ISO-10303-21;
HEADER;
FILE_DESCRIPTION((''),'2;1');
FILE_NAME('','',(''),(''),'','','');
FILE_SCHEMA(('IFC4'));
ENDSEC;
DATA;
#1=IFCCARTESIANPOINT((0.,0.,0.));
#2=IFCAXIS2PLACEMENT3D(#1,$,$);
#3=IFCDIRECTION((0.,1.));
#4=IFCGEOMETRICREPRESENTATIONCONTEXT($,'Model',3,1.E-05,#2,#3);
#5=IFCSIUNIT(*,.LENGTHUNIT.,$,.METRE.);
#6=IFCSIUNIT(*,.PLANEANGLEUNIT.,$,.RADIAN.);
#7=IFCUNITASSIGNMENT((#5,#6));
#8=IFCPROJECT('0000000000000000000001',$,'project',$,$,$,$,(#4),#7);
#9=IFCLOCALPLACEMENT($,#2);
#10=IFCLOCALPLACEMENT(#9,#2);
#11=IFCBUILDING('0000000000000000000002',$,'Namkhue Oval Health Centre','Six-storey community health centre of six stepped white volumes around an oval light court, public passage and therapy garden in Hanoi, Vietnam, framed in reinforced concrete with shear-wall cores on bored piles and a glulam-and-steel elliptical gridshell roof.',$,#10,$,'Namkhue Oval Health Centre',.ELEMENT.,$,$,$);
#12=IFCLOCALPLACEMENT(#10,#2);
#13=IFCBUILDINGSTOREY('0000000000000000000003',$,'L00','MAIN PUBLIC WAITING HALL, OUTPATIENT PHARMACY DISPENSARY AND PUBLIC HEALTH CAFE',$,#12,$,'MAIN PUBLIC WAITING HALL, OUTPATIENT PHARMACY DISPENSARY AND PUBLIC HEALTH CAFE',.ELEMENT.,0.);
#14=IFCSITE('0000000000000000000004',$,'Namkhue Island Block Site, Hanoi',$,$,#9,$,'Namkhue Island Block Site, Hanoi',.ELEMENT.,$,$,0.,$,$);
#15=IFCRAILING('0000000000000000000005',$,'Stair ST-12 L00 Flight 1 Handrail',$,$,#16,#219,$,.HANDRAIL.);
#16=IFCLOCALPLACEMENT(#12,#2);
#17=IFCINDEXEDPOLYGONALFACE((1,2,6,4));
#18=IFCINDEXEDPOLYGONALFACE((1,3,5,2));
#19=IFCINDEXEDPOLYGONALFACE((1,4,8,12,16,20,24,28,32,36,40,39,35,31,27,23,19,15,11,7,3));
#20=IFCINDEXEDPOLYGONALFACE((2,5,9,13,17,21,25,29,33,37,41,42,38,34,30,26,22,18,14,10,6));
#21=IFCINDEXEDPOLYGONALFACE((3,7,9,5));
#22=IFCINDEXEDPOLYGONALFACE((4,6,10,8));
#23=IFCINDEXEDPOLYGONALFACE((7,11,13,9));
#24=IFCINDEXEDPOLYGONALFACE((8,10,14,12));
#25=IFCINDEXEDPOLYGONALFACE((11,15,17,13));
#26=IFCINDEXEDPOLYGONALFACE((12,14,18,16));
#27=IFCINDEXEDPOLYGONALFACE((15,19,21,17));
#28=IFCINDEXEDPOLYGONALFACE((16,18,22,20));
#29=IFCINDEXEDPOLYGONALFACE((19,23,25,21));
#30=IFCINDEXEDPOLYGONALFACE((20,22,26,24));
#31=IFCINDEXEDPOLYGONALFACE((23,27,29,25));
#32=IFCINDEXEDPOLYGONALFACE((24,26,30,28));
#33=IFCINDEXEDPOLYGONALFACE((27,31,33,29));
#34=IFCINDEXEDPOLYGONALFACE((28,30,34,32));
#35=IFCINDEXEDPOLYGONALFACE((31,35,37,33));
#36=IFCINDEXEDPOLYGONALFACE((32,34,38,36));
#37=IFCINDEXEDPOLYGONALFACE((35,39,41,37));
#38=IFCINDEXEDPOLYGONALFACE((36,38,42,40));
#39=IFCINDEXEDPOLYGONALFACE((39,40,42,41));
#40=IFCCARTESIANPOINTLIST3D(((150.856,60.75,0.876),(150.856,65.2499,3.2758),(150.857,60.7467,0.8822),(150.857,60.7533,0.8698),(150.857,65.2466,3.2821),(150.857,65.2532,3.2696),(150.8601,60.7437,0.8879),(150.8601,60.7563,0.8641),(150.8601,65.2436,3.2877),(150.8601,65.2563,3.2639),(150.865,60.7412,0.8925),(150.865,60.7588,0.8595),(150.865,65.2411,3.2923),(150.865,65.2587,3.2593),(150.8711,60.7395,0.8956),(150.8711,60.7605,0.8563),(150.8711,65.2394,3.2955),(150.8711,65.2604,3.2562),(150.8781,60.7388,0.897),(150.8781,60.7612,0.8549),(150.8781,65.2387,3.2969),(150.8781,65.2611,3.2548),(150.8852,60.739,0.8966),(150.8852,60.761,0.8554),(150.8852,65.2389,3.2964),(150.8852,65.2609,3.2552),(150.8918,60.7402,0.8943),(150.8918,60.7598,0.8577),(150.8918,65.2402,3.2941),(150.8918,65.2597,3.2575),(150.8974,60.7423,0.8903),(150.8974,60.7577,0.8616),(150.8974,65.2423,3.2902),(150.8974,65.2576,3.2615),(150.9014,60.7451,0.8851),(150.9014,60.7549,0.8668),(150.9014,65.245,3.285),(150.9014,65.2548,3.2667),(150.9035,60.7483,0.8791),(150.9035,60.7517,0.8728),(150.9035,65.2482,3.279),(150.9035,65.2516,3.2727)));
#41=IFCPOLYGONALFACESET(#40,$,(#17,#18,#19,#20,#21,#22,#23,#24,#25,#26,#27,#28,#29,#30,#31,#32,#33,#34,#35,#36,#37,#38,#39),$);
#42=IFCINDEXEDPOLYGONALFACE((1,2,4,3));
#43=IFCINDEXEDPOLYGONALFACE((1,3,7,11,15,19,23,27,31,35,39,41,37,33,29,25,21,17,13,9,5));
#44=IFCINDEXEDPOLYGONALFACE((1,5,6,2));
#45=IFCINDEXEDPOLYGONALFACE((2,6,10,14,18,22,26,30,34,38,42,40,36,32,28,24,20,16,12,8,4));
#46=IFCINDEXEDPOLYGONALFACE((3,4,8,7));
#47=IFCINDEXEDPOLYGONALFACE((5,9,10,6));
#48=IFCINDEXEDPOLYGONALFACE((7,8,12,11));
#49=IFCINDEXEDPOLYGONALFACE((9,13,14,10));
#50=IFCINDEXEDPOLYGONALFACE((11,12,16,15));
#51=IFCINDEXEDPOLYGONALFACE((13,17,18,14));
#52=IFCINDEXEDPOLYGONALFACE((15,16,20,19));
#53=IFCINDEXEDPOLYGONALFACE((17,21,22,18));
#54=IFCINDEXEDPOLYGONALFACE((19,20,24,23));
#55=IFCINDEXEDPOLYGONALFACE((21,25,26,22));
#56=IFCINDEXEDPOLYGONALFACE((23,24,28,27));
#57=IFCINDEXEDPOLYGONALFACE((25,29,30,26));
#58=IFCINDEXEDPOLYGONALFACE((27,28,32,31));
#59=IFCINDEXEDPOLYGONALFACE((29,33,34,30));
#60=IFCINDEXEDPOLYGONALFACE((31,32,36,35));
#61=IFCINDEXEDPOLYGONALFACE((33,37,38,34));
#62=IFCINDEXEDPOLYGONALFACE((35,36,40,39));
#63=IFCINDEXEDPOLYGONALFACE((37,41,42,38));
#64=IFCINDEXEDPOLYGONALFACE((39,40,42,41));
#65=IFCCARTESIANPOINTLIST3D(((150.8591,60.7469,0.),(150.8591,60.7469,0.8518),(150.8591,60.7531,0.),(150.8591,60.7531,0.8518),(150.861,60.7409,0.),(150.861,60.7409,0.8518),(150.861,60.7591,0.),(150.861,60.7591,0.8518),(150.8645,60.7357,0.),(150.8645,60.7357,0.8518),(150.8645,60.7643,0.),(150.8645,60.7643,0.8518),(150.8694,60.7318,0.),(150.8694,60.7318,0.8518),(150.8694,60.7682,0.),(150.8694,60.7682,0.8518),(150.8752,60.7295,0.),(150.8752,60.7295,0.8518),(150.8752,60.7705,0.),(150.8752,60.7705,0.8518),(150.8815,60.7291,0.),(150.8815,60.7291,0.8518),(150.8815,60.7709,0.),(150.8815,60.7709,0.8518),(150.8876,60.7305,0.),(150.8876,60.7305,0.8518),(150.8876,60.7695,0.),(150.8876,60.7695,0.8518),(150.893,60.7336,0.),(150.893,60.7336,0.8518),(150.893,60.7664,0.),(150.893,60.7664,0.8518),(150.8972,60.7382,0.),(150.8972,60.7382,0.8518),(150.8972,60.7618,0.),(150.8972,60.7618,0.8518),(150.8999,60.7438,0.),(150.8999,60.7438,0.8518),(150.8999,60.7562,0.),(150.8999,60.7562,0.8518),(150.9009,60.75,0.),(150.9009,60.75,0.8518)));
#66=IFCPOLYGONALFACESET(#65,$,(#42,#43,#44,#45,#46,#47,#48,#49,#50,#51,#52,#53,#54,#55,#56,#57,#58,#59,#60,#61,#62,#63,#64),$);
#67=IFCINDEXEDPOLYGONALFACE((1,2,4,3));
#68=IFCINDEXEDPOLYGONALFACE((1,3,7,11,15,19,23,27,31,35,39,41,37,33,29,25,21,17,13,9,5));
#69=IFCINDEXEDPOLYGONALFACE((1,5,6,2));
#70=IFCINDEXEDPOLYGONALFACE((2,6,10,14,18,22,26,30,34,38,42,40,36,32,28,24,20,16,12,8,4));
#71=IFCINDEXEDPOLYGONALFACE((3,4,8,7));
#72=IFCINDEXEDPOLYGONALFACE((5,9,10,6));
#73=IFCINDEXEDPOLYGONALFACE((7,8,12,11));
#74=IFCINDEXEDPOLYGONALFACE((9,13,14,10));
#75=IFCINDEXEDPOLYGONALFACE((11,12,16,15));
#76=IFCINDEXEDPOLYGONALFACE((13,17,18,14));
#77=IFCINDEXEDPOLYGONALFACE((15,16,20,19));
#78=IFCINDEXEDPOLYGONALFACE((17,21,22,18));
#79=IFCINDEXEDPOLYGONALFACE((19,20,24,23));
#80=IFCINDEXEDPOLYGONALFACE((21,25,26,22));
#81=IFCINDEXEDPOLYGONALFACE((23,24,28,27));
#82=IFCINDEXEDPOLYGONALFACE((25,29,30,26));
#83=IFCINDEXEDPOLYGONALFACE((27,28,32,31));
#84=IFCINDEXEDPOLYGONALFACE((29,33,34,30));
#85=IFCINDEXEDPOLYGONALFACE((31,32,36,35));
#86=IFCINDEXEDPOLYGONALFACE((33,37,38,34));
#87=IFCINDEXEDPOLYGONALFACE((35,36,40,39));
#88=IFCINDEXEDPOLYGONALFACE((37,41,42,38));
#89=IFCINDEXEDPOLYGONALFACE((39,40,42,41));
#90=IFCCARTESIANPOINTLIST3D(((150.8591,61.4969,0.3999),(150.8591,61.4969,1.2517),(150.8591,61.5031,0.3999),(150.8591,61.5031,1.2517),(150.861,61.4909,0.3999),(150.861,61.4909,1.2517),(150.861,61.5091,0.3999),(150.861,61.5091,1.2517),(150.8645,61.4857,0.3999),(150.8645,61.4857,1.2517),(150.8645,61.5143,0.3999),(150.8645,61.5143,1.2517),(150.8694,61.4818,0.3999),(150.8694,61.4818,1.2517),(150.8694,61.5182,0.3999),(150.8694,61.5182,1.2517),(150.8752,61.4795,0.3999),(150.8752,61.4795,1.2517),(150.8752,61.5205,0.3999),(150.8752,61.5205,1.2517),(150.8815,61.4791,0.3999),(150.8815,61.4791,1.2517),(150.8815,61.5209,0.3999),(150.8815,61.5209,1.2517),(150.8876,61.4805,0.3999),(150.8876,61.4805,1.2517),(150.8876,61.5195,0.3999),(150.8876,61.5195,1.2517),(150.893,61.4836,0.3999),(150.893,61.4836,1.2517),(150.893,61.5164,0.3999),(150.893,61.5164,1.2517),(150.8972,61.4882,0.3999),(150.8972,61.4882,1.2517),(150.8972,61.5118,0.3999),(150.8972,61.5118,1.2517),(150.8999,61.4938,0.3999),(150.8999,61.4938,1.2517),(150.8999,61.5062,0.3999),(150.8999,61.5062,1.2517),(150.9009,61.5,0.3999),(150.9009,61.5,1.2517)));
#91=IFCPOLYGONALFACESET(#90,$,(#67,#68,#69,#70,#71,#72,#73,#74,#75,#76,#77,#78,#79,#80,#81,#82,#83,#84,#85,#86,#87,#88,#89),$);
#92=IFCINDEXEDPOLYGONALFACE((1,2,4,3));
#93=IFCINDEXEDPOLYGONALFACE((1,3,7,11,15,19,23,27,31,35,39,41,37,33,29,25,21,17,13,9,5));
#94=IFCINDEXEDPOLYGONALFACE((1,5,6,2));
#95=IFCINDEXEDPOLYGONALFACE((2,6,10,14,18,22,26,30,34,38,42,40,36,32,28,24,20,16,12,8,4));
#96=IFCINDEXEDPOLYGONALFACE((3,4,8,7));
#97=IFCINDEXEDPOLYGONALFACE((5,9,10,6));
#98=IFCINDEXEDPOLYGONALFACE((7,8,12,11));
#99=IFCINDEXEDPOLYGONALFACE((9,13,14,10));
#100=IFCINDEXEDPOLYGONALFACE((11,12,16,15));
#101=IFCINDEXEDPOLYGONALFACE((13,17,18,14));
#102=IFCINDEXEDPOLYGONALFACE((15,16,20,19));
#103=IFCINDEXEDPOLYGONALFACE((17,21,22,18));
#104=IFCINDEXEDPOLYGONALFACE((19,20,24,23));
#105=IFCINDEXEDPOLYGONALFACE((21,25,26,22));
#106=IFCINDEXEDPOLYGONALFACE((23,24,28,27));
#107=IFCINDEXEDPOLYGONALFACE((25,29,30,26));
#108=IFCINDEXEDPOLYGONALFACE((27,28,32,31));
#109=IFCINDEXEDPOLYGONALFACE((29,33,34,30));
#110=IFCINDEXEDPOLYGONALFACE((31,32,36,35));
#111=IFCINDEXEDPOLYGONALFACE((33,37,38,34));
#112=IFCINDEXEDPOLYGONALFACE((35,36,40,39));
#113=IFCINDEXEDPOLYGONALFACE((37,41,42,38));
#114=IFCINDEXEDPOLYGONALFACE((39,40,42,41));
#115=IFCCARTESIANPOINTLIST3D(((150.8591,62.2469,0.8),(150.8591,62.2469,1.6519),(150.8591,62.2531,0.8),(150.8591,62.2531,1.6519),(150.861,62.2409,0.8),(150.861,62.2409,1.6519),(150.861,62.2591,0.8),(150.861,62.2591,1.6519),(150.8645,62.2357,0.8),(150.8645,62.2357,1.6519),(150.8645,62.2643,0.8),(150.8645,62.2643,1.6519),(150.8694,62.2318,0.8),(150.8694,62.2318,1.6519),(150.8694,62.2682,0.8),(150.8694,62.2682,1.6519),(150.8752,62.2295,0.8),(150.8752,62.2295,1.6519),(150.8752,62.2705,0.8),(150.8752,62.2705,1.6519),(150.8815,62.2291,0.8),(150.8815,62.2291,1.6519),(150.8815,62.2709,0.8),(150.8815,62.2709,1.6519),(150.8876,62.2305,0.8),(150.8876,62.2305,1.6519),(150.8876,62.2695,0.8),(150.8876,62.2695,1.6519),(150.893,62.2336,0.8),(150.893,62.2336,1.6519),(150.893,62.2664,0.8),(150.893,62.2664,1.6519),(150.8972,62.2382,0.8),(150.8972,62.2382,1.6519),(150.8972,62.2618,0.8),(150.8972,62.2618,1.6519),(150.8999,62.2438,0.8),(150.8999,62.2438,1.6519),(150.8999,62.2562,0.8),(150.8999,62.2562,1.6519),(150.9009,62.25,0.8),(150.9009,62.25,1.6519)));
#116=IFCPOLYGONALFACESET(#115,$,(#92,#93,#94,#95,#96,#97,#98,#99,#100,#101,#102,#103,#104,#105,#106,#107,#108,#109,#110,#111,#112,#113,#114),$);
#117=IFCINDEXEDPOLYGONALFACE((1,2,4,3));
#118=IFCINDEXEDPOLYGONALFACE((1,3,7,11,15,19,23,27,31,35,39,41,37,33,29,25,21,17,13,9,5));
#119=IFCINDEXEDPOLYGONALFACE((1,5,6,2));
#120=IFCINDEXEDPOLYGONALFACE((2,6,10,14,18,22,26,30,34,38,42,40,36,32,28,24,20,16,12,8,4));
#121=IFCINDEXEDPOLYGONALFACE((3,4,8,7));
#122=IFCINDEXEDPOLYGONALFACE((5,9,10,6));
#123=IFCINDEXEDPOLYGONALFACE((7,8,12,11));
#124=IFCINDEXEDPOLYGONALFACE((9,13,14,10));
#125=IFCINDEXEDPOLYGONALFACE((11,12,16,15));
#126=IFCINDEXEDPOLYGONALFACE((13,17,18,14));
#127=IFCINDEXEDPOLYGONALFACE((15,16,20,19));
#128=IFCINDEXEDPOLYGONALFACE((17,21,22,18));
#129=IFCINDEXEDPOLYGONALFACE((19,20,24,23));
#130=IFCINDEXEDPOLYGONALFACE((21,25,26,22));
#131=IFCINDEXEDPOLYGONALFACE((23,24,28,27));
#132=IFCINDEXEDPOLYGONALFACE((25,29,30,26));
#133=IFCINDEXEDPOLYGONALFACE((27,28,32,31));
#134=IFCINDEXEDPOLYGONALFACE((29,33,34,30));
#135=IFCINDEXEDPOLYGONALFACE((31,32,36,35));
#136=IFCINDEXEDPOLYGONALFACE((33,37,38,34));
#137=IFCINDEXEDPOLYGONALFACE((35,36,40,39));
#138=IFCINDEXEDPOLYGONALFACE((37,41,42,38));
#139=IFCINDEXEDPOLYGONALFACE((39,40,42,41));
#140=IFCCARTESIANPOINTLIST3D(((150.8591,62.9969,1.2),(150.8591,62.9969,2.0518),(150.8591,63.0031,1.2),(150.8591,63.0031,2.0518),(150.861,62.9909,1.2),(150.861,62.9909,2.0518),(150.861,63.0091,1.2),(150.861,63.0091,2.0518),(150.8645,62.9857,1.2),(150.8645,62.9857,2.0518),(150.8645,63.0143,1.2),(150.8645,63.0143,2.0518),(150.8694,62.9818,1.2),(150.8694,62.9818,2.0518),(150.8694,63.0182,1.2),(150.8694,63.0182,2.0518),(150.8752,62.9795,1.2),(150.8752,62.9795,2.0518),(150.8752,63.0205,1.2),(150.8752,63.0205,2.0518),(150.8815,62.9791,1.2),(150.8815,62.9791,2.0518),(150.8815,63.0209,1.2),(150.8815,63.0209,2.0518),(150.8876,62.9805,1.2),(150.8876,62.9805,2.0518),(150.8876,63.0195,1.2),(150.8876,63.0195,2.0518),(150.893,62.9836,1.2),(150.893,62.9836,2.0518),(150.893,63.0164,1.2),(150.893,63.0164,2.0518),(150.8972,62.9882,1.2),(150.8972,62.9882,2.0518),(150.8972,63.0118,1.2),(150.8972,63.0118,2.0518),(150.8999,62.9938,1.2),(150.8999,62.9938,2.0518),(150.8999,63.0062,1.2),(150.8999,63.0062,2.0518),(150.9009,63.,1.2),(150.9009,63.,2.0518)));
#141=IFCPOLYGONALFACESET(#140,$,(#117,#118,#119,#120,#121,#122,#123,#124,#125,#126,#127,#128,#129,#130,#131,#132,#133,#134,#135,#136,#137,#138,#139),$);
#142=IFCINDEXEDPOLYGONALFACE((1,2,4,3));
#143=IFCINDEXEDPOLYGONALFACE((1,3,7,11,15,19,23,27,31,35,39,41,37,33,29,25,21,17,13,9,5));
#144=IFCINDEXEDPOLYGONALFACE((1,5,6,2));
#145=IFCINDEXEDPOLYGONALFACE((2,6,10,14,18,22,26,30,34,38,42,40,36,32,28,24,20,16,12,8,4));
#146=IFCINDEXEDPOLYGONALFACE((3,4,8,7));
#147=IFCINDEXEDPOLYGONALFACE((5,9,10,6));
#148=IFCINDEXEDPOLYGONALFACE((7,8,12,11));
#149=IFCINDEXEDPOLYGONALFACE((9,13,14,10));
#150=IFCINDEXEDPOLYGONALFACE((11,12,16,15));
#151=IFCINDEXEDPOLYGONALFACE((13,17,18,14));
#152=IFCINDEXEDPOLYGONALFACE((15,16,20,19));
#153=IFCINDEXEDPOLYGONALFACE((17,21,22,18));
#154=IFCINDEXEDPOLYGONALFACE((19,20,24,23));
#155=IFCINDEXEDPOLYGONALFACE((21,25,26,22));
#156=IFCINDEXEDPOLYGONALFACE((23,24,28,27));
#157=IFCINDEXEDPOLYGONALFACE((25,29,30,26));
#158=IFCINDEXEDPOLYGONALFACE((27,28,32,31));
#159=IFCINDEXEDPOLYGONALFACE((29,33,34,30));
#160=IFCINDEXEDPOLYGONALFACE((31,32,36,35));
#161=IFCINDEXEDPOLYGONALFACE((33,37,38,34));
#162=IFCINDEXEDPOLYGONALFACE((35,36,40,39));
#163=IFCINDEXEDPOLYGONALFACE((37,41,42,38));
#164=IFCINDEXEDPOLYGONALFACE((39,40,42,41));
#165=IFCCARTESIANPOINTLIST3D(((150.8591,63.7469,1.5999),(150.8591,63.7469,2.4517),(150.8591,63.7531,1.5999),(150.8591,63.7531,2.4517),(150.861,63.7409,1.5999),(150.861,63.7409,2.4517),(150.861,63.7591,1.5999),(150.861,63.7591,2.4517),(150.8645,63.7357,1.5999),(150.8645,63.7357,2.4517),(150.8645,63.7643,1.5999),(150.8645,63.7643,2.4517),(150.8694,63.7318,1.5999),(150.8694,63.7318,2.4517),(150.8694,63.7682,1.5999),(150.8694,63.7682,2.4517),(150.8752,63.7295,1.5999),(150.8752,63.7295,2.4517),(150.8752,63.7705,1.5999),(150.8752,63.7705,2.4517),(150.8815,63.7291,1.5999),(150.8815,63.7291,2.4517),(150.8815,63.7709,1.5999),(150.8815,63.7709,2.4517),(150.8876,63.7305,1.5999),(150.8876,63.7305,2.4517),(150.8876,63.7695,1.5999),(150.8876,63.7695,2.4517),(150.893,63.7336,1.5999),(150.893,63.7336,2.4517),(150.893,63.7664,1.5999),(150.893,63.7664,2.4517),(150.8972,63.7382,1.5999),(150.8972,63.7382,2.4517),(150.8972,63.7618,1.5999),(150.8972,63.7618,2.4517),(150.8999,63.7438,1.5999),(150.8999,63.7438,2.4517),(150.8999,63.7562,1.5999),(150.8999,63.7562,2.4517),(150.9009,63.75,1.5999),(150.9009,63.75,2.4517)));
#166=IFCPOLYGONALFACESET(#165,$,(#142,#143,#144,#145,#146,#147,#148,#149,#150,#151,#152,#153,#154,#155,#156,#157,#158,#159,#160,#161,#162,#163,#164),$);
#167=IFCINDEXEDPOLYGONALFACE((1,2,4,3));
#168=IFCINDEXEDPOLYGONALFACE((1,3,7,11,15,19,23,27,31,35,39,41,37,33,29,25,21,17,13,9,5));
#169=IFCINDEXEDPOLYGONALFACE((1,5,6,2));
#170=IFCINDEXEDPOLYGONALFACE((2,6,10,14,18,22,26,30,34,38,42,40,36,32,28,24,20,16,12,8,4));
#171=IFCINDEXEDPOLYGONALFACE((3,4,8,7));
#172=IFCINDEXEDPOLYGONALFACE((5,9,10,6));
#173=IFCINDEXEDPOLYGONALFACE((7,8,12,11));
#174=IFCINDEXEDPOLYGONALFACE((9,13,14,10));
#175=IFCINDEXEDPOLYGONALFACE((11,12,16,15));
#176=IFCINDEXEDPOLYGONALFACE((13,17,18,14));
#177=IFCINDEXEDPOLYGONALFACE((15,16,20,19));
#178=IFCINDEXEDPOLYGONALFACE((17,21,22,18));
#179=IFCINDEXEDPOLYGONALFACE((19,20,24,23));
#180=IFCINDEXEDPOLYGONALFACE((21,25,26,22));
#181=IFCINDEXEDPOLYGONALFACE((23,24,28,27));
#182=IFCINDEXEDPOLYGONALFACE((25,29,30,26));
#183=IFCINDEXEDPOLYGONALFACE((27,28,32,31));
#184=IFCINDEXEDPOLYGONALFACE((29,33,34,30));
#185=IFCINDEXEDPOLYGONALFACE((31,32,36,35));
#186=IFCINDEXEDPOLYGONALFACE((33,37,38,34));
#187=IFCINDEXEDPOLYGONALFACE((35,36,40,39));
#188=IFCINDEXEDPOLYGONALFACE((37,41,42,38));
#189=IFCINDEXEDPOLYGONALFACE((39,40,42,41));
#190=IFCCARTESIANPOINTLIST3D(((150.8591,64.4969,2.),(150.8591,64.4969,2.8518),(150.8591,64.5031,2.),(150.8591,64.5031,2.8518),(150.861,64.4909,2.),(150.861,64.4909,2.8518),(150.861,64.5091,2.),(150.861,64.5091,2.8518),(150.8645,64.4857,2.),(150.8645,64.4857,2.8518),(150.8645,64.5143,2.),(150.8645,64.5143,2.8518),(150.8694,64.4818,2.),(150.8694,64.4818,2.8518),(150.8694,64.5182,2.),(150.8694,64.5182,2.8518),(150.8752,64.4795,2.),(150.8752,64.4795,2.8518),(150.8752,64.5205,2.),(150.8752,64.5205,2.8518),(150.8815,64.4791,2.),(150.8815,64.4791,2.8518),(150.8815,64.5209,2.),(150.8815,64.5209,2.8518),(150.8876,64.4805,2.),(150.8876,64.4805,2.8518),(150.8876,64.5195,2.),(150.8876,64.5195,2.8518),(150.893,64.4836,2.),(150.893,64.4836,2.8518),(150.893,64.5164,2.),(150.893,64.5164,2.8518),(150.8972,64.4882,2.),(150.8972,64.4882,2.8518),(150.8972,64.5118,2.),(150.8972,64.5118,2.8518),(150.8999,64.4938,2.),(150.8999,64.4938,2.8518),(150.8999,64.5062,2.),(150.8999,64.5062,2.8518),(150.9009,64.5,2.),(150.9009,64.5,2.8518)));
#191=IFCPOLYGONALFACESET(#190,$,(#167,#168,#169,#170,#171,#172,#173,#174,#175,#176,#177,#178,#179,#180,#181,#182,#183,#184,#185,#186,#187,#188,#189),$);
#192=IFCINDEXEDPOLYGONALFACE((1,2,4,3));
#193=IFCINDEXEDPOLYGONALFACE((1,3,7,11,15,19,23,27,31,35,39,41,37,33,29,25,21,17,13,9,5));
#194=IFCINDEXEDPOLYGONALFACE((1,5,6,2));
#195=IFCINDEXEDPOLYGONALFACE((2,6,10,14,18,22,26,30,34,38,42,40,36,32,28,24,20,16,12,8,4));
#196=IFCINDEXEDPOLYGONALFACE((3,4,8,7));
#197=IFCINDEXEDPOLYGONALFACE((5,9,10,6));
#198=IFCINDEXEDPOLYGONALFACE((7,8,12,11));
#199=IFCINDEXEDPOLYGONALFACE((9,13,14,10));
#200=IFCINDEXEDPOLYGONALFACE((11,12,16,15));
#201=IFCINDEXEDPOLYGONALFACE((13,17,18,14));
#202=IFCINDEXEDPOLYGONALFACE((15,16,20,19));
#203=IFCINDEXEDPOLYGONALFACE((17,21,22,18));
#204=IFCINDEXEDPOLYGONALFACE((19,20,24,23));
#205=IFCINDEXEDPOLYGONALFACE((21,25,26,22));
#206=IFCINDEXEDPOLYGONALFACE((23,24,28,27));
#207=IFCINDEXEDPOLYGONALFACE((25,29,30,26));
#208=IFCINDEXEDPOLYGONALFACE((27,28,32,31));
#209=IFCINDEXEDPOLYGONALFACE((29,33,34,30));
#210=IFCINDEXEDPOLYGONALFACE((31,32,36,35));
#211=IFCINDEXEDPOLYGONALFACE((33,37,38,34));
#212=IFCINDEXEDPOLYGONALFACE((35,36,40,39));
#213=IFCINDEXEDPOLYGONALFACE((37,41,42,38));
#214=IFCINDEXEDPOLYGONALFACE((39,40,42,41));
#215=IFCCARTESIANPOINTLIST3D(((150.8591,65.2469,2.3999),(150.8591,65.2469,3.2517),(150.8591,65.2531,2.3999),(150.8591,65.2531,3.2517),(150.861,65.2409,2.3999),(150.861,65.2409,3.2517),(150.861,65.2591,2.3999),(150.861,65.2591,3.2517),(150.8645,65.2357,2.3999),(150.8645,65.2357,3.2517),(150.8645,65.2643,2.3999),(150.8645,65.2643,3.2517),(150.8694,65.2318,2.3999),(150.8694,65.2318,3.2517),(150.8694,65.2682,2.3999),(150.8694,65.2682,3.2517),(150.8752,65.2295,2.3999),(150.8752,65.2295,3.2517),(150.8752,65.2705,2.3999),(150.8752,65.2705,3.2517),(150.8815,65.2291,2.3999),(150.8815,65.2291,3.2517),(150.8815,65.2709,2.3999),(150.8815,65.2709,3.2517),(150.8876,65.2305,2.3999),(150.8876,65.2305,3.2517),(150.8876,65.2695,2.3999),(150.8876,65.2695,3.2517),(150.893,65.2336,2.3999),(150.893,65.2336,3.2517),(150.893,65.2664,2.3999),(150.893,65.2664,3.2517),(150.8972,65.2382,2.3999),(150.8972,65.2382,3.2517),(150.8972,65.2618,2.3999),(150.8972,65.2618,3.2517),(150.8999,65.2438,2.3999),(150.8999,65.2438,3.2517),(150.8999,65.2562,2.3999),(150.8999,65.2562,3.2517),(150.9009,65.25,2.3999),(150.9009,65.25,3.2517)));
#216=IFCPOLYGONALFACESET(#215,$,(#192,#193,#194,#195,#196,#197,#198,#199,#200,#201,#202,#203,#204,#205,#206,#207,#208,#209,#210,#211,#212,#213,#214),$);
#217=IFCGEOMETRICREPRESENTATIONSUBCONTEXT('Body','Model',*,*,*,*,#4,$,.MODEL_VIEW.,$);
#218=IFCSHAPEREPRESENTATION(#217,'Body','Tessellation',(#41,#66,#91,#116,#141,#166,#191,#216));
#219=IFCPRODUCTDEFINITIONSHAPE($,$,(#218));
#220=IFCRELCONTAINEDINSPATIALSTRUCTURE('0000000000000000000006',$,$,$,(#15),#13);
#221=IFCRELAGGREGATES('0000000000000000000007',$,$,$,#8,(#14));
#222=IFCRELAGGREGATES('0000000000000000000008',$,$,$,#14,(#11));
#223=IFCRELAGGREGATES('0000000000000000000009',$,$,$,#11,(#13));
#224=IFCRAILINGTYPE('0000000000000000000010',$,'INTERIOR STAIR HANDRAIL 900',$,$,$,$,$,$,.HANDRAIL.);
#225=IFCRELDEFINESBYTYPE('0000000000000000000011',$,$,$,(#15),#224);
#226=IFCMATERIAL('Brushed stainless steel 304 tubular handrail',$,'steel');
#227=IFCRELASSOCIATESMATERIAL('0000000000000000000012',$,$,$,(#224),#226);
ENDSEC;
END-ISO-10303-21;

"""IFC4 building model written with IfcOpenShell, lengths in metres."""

from ifc_helpers import new_model, si_unit, direction, frame, origin, origin_2d, place, context, subcontext, project, spatial, circle, extrude, material, type_object, element, save


model = new_model("IFC4")

# Units and contexts
model_context = context("Model", 3, precision=1e-05, world=origin(), true_north=direction((0.0, 1.0)))
body_context = subcontext(model_context, "Body", "Model", "MODEL_VIEW")
ifc_project = project(units=[si_unit("LENGTHUNIT", "METRE"), si_unit("PLANEANGLEUNIT", "RADIAN")], contexts=[model_context])

# Site, building, storey
site_placement = place(None, origin())
site = spatial("IfcSite", under=ifc_project, at=site_placement, Name="Namkhue Island Block Site, Hanoi", LongName="Namkhue Island Block Site, Hanoi", CompositionType="ELEMENT", RefElevation=0.0)
building_placement = place(site_placement, origin())
building = spatial("IfcBuilding", under=site, at=building_placement, Name="Namkhue Oval Health Centre", Description="Six-storey community health centre of six stepped white volumes around an oval light court, public passage and therapy garden in Hanoi, Vietnam, framed in reinforced concrete with shear-wall cores on bored piles and a glulam-and-steel elliptical gridshell roof.", LongName="Namkhue Oval Health Centre", CompositionType="ELEMENT")
storey_placement = place(building_placement, origin())
storey = spatial("IfcBuildingStorey", under=building, at=storey_placement, Name="L00", Description="MAIN PUBLIC WAITING HALL, OUTPATIENT PHARMACY DISPENSARY AND PUBLIC HEALTH CAFE", LongName="MAIN PUBLIC WAITING HALL, OUTPATIENT PHARMACY DISPENSARY AND PUBLIC HEALTH CAFE", CompositionType="ELEMENT", Elevation=0.0)

# Railing
ifc_material_1 = material(Name="Brushed stainless steel 304 tubular handrail", Category="steel")
railing_type_1 = type_object("IfcRailingType", Name="INTERIOR STAIR HANDRAIL 900", PredefinedType="HANDRAIL", material=ifc_material_1)
railing_1_placement = place(storey_placement, frame((150.8799, 60.75, 0.0)))
element("IfcRailing", 1, at=railing_1_placement, inside=storey, type_object=railing_type_1, Name="Stair ST-12 L00 Flight 1 Handrail", PredefinedType="HANDRAIL", context=body_context, shape_type="SweptSolid", body=[
    extrude(circle(Radius=0.0239, at=origin_2d()), frame((0.0, 0.0, 0.876), z_axis=(0.0, 0.882361, 0.470573), x_axis=(-1.0, 0.0, 0.0)), (0.0, 0.0, 1.0), 5.0999),
    extrude(circle(Radius=0.021, at=origin_2d()), origin(), (0.0, 0.0, 1.0), 0.8518),
    extrude(circle(Radius=0.021, at=origin_2d()), frame((0.0, 0.75, 0.3999)), (0.0, 0.0, 1.0), 0.8518),
    extrude(circle(Radius=0.021, at=origin_2d()), frame((0.0, 1.5, 0.8)), (0.0, 0.0, 1.0), 0.8518),
    extrude(circle(Radius=0.021, at=origin_2d()), frame((0.0, 2.25, 1.2)), (0.0, 0.0, 1.0), 0.8518),
    extrude(circle(Radius=0.021, at=origin_2d()), frame((0.0, 3.0, 1.5999)), (0.0, 0.0, 1.0), 0.8518),
    extrude(circle(Radius=0.021, at=origin_2d()), frame((0.0, 3.75, 2.0)), (0.0, 0.0, 1.0), 0.8518),
    extrude(circle(Radius=0.021, at=origin_2d()), frame((0.0, 4.5, 2.3999)), (0.0, 0.0, 1.0), 0.8518),
])

save(model, "model.ifc")
